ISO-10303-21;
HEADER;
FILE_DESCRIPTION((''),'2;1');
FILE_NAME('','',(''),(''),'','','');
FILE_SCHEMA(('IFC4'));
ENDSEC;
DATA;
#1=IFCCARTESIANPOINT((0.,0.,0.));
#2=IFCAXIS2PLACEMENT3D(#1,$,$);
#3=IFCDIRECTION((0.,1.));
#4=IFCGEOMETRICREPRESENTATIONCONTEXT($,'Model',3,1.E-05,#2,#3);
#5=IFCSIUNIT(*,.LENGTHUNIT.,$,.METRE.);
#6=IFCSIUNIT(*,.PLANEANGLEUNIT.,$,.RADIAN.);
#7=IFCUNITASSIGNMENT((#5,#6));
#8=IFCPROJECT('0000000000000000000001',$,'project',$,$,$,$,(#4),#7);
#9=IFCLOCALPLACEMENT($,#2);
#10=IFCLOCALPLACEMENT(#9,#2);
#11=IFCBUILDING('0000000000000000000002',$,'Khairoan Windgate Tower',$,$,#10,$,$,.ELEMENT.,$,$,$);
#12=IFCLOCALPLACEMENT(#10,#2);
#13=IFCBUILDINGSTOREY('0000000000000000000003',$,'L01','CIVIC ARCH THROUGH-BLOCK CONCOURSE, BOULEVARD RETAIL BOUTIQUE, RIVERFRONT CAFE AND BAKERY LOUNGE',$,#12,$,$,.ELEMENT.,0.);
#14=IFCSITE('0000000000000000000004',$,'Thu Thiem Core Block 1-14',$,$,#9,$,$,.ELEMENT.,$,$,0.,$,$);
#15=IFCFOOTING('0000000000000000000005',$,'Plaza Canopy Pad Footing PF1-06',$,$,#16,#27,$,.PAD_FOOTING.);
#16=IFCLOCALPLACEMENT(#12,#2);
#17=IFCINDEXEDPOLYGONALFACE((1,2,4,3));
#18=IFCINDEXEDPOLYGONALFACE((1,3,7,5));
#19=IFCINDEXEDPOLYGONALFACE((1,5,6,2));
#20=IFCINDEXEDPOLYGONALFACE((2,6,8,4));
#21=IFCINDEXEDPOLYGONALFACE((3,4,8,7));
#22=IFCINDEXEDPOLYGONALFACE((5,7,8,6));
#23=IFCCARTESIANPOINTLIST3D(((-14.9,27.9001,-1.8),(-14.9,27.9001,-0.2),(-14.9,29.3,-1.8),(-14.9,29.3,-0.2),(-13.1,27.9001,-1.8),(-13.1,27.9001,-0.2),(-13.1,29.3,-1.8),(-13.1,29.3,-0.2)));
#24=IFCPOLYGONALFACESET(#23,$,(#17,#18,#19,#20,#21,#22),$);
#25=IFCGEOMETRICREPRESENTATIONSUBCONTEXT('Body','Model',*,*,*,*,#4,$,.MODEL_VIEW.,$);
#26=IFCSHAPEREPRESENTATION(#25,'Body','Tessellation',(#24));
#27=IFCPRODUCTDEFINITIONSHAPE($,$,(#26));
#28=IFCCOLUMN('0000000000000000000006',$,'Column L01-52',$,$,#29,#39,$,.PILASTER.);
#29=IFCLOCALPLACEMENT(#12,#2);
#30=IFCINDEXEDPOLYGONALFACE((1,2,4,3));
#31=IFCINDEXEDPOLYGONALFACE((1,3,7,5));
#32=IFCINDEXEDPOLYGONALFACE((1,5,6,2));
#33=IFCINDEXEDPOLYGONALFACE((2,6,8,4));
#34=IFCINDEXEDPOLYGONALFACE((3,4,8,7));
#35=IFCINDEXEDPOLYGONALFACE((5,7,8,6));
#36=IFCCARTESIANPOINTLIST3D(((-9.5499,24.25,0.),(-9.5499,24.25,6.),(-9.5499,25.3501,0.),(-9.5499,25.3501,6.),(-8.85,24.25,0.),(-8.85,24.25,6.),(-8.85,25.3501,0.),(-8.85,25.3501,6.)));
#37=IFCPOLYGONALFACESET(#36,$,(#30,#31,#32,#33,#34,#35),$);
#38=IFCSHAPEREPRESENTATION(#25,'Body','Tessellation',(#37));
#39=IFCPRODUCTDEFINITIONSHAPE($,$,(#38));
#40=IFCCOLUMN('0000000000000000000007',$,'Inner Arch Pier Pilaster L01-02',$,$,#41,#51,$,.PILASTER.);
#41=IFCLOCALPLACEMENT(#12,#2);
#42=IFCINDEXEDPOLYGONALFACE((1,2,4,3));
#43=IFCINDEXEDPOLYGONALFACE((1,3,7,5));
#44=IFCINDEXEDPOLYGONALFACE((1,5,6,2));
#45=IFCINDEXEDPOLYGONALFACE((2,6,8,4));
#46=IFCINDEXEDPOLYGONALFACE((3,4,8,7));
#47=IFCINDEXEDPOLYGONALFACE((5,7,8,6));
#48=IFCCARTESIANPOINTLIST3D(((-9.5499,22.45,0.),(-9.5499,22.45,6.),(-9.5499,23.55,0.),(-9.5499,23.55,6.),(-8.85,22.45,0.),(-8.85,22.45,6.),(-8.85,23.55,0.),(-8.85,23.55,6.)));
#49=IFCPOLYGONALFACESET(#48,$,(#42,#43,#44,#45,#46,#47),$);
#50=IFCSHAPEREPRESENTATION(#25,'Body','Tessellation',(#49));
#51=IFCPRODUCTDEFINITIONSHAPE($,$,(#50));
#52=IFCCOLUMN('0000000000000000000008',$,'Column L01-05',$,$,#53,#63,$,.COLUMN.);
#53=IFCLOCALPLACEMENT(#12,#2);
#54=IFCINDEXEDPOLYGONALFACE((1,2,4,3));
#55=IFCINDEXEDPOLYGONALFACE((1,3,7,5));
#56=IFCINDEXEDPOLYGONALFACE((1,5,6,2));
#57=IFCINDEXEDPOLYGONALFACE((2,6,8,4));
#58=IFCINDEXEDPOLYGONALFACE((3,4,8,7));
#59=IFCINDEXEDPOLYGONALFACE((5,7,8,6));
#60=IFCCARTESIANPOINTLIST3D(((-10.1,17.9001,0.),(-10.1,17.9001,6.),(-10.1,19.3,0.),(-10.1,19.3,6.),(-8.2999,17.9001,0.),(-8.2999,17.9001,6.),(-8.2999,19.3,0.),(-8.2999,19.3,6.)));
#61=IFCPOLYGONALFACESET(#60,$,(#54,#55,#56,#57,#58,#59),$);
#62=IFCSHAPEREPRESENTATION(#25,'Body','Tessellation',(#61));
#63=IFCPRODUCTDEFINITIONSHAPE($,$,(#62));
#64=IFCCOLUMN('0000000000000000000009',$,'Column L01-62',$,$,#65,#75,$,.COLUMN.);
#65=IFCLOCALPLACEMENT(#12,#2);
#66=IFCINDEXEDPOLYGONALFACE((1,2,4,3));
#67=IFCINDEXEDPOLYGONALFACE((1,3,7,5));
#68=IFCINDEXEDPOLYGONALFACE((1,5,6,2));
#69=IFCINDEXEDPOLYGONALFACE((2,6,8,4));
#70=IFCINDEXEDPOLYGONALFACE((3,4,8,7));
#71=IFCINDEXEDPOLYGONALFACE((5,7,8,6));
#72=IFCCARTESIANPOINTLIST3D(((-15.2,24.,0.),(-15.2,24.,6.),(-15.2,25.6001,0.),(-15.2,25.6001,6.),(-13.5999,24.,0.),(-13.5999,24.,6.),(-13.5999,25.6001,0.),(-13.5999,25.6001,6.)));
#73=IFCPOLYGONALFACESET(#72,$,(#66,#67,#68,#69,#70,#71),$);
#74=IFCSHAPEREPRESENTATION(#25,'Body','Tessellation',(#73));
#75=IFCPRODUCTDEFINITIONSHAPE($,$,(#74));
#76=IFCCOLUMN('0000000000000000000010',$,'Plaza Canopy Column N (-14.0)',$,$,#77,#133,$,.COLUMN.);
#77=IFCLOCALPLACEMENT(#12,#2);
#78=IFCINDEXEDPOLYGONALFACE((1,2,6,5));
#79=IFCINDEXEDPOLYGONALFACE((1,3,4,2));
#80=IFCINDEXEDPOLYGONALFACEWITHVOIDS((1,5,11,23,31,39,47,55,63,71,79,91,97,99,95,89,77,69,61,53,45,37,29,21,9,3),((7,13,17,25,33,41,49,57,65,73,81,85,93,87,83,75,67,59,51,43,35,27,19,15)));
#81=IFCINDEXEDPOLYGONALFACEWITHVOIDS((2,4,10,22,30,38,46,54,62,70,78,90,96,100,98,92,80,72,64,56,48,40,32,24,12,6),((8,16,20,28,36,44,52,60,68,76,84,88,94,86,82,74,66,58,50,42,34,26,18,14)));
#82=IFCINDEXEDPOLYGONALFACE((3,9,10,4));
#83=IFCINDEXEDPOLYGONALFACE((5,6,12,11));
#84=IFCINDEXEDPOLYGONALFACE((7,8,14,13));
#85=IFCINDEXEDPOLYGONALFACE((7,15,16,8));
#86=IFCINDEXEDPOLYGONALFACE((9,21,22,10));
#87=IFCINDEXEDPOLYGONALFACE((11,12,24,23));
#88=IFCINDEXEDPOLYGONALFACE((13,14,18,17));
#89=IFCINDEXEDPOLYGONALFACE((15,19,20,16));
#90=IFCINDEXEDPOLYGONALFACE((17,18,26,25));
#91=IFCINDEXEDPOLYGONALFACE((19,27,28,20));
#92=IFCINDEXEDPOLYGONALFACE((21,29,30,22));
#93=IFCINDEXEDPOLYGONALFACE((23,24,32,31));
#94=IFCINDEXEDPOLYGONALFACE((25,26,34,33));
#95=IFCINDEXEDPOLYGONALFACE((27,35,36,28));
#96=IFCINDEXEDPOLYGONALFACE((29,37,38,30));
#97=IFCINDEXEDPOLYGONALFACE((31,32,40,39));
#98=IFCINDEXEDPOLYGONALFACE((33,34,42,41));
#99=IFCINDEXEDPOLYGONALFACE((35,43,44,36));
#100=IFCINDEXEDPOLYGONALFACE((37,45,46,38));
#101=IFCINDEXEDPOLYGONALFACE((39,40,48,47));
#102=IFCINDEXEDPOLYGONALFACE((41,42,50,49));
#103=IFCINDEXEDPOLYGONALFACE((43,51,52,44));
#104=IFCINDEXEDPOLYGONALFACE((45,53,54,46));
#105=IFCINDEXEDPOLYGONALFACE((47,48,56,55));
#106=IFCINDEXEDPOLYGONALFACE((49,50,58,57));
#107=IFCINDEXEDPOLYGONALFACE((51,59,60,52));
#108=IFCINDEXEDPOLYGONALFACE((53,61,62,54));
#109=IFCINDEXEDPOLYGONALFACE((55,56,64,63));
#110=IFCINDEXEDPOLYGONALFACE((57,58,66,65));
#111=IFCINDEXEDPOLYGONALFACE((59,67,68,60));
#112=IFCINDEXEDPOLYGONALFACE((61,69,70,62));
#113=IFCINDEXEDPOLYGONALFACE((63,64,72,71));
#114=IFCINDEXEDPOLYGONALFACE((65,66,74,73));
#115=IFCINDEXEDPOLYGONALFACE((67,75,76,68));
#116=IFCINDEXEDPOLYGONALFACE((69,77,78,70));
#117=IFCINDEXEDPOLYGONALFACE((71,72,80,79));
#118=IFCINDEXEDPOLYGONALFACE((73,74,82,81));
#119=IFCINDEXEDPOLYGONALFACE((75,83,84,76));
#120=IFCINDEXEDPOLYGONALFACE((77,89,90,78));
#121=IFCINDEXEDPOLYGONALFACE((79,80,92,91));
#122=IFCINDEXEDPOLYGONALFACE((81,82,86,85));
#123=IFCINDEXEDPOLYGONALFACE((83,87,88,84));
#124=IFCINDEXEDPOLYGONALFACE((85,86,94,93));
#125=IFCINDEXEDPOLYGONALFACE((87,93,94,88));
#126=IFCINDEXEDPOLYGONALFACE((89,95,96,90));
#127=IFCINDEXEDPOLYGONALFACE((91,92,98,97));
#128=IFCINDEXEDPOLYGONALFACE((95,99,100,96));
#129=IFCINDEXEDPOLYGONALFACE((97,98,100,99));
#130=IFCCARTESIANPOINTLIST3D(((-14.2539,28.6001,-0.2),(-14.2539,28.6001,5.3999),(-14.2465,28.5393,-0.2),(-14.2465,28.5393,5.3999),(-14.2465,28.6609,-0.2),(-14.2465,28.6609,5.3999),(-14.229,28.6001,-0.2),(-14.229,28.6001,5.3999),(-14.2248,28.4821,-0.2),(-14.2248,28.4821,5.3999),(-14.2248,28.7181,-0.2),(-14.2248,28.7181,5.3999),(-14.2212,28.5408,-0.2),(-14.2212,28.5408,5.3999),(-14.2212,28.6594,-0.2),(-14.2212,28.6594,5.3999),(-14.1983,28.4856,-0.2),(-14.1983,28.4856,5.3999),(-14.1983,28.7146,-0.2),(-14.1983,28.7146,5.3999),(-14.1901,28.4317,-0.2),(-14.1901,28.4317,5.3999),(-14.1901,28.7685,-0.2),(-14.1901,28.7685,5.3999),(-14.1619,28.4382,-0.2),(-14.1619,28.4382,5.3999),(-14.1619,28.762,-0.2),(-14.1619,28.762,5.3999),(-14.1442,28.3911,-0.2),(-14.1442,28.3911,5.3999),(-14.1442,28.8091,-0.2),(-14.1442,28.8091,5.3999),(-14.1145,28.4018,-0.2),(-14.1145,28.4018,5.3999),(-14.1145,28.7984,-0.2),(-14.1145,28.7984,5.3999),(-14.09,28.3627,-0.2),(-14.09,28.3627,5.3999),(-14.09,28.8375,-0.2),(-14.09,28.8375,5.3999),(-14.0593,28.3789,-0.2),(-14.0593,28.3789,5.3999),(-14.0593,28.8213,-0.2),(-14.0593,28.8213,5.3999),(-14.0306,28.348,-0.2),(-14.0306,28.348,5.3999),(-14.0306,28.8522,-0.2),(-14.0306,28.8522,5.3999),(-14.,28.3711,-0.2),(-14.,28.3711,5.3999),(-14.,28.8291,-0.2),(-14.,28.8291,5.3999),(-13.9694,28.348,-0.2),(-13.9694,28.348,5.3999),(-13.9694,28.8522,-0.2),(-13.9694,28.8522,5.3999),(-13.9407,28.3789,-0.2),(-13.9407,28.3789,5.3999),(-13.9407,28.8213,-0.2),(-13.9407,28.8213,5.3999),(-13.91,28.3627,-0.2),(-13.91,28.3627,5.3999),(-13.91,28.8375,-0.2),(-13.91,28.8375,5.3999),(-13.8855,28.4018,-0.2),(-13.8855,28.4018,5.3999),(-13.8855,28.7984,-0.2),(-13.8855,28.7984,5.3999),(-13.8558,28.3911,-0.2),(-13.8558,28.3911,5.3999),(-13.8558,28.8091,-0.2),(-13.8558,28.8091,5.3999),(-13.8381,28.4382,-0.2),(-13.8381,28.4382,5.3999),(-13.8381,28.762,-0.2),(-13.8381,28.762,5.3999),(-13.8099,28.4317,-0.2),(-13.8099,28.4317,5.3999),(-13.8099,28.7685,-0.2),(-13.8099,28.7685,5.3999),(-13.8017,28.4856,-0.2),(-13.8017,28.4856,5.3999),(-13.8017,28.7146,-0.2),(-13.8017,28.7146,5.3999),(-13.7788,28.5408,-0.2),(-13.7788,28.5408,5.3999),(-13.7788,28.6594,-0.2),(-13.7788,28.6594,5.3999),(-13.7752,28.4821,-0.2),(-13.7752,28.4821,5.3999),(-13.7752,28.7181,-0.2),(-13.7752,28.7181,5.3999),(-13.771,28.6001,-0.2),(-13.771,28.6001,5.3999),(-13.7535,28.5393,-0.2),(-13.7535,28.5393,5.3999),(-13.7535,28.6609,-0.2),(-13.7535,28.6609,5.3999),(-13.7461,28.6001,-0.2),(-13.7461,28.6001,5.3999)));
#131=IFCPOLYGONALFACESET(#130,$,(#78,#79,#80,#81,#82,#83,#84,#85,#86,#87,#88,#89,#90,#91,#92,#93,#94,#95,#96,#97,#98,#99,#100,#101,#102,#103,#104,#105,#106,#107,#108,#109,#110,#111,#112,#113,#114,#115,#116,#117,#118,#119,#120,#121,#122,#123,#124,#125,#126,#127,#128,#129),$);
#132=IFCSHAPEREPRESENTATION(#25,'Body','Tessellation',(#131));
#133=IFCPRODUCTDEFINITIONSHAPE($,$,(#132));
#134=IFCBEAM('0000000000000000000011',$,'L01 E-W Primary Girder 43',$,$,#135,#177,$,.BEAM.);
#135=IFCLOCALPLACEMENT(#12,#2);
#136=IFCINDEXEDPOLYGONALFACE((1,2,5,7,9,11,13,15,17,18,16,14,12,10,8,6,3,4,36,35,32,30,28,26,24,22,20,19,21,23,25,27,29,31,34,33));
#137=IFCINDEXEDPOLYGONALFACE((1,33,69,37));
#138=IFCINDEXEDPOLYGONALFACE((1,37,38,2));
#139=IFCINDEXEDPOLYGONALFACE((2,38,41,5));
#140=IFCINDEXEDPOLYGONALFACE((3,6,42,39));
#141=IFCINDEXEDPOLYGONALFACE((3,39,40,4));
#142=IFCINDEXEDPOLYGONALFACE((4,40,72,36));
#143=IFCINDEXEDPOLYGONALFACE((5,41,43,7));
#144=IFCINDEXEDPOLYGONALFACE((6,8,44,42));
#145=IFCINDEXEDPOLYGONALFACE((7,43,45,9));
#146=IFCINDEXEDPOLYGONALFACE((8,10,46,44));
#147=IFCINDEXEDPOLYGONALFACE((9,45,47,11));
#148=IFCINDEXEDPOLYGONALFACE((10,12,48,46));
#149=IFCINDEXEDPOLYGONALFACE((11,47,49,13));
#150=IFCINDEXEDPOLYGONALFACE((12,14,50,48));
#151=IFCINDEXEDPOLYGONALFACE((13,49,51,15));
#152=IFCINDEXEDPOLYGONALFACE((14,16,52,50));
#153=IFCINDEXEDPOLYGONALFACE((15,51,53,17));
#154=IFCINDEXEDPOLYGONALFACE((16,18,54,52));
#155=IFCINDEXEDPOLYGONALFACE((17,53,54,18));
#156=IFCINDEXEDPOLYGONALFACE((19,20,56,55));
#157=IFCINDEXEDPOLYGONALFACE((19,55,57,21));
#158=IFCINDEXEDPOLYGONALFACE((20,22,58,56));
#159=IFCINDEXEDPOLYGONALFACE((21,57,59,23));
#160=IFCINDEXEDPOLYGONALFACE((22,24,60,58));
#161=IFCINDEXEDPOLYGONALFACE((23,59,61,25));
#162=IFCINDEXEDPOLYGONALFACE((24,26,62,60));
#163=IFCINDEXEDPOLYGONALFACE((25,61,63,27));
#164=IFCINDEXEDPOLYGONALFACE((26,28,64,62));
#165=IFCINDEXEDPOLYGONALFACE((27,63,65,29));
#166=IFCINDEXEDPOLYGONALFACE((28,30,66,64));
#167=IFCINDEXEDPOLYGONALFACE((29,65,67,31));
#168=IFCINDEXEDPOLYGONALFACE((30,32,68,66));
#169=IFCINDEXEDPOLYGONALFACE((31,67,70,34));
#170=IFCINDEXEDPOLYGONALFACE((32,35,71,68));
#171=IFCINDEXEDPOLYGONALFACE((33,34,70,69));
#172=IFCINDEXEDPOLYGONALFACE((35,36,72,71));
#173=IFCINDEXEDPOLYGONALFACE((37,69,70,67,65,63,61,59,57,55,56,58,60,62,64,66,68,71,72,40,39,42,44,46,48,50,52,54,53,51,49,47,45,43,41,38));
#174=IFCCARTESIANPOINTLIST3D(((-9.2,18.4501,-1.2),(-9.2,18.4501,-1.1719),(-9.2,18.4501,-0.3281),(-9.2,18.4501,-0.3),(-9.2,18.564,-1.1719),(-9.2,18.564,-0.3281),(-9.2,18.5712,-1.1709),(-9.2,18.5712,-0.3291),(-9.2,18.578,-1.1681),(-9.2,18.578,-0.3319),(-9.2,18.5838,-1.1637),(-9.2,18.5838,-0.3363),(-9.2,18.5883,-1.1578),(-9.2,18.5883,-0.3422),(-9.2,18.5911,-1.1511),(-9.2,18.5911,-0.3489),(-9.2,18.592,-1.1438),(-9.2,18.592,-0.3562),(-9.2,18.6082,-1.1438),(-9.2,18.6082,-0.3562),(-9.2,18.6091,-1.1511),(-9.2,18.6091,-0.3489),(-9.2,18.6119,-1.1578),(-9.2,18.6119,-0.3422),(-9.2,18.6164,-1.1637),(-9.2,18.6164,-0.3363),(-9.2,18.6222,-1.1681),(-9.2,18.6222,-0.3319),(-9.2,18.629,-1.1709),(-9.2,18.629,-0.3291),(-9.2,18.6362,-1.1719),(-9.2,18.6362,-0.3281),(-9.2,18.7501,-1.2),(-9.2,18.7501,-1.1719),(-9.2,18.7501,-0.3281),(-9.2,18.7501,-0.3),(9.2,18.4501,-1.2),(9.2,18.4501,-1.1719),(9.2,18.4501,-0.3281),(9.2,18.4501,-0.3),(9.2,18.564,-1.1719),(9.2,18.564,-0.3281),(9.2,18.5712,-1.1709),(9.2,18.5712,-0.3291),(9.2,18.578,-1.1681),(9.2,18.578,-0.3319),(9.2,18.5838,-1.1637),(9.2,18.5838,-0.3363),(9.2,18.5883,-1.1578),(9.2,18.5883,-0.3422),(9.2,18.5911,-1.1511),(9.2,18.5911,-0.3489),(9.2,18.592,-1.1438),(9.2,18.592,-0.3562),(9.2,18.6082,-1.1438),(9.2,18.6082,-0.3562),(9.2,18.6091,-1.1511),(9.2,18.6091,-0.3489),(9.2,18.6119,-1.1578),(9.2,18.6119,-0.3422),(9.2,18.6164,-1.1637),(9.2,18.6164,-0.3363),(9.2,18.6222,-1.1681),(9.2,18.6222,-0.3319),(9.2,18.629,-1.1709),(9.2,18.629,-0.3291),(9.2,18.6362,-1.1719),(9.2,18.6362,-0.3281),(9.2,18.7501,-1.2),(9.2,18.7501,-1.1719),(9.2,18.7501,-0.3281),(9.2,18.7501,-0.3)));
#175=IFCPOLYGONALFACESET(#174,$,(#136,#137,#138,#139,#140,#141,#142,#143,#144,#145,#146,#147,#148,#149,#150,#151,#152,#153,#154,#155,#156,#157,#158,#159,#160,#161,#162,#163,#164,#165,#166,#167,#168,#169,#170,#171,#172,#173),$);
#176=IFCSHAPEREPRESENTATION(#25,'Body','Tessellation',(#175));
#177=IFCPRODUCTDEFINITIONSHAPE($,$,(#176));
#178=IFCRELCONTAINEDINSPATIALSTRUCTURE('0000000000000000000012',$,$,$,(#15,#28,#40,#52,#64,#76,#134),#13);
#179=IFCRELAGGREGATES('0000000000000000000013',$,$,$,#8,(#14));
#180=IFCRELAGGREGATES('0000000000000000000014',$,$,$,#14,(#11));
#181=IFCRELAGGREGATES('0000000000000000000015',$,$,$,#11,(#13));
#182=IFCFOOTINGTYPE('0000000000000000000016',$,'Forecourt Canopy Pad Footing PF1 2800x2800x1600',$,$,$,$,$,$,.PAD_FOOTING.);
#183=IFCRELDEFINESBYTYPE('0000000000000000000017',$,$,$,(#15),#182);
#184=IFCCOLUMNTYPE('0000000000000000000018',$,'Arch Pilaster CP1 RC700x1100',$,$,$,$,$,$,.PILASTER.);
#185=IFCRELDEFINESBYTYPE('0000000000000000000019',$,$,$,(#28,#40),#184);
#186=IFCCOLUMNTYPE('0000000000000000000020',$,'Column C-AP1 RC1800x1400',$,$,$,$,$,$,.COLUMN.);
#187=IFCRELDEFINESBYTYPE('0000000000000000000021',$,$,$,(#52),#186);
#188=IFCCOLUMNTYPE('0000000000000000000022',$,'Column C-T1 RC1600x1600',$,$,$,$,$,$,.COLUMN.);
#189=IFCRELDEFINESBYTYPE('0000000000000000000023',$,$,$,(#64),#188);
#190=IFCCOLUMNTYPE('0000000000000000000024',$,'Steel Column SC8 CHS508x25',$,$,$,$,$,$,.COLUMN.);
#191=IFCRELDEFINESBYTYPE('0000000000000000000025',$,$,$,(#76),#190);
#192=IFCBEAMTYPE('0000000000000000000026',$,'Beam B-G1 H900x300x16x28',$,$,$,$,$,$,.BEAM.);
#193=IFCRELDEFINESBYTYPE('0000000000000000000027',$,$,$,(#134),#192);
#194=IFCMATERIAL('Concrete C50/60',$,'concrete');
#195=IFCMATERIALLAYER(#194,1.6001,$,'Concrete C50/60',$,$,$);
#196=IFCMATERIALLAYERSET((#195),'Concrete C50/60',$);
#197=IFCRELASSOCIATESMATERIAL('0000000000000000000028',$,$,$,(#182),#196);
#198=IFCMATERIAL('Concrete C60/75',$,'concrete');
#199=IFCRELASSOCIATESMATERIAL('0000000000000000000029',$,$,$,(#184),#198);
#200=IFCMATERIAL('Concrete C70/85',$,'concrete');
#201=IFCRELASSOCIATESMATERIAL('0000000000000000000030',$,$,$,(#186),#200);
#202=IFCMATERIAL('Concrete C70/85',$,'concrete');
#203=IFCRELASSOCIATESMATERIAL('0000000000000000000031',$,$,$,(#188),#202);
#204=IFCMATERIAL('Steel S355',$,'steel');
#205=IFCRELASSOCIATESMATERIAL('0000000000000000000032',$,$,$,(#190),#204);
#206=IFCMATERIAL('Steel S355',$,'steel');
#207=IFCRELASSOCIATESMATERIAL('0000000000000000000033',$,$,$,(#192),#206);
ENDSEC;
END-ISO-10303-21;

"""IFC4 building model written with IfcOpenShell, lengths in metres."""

from ifc_helpers import new_model, si_unit, direction, frame, origin, origin_2d, place, context, subcontext, project, spatial, rectangle, hollow_circle, i_section, extrude, material, layer, layer_set, material_profile, profile_set, type_object, element, save


model = new_model("IFC4")

# Units and contexts
model_context = context("Model", 3, precision=1e-05, world=origin(), true_north=direction((0.0, 1.0)))
body_context = subcontext(model_context, "Body", "Model", "MODEL_VIEW")
ifc_project = project(units=[si_unit("LENGTHUNIT", "METRE"), si_unit("PLANEANGLEUNIT", "RADIAN")], contexts=[model_context])

# Site, building, storey
site_placement = place(None, origin())
site = spatial("IfcSite", under=ifc_project, at=site_placement, Name="Thu Thiem Core Block 1-14", CompositionType="ELEMENT", RefElevation=0.0)
building_placement = place(site_placement, origin())
building = spatial("IfcBuilding", under=site, at=building_placement, Name="Khairoan Windgate Tower", CompositionType="ELEMENT")
storey_placement = place(building_placement, origin())
storey = spatial("IfcBuildingStorey", under=building, at=storey_placement, Name="L01", Description="CIVIC ARCH THROUGH-BLOCK CONCOURSE, BOULEVARD RETAIL BOUTIQUE, RIVERFRONT CAFE AND BAKERY LOUNGE", CompositionType="ELEMENT", Elevation=0.0)

# Footing
ifc_material_1 = material(Name="Concrete C50/60", Category="concrete")
ifc_layer_1 = layer(ifc_material_1, 1.6001, Name="Concrete C50/60")
ifc_layer_set_1 = layer_set([ifc_layer_1], Name="Concrete C50/60")
footing_type = type_object("IfcFootingType", Name="Forecourt Canopy Pad Footing PF1 2800x2800x1600", PredefinedType="PAD_FOOTING", material=ifc_layer_set_1)
footing_placement = place(storey_placement, frame((-14.0, 28.6001, -1.8), z_axis=(0.0, 0.0, 1.0), x_axis=(1.0, 0.0, 0.0)))
element("IfcFooting", 1, at=footing_placement, inside=storey, type_object=footing_type, Name="Plaza Canopy Pad Footing PF1-06", PredefinedType="PAD_FOOTING", context=body_context, shape_type="SweptSolid", body=[
    extrude(rectangle(XDim=1.8, YDim=1.3999, at=origin_2d()), origin(), (0.0, 0.0, 1.0), 1.6001),
])

# Columns
ifc_material_2 = material(Name="Concrete C60/75", Category="concrete")
ifc_material_profile_1 = material_profile(ifc_material_2, rectangle(XDim=0.7, YDim=1.1001, at=origin_2d()))
ifc_profile_set_1 = profile_set([ifc_material_profile_1], Name="Concrete C60/75")
column_type_1 = type_object("IfcColumnType", Name="Arch Pilaster CP1 RC700x1100", PredefinedType="PILASTER", material=ifc_profile_set_1)
for number, where, z_axis, x_axis, name in (
    (2, (-9.2, 24.8, 0.0), (0.0, 0.0, 1.0), (1.0, 0.0, 0.0), "Column L01-52"),
    (3, (-9.2, 23.0, 0.0), (0.0, 0.0, 1.0), (1.0, 0.0, 0.0), "Inner Arch Pier Pilaster L01-02"),
):
    element("IfcColumn", number, at=place(storey_placement, frame(where, z_axis=z_axis, x_axis=x_axis)), inside=storey, type_object=column_type_1, Name=name, PredefinedType="PILASTER", context=body_context, shape_type="SweptSolid", body=[
        extrude(rectangle(XDim=0.7, YDim=1.1001, at=origin_2d()), origin(), (0.0, 0.0, 1.0), 6.0),
    ])
ifc_material_3 = material(Name="Concrete C70/85", Category="concrete")
ifc_material_profile_2 = material_profile(ifc_material_3, rectangle(XDim=1.8, YDim=1.3999, at=origin_2d()))
ifc_profile_set_2 = profile_set([ifc_material_profile_2], Name="Concrete C70/85")
column_type_2 = type_object("IfcColumnType", Name="Column C-AP1 RC1800x1400", PredefinedType="COLUMN", material=ifc_profile_set_2)
column_1_placement = place(storey_placement, frame((-9.2, 18.6001, 0.0), z_axis=(0.0, 0.0, 1.0), x_axis=(1.0, 0.0, 0.0)))
element("IfcColumn", 4, at=column_1_placement, inside=storey, type_object=column_type_2, Name="Column L01-05", PredefinedType="COLUMN", context=body_context, shape_type="SweptSolid", body=[
    extrude(rectangle(XDim=1.8, YDim=1.3999, at=origin_2d()), origin(), (0.0, 0.0, 1.0), 6.0),
])
ifc_material_4 = material(Name="Concrete C70/85", Category="concrete")
ifc_material_profile_3 = material_profile(ifc_material_4, rectangle(XDim=1.6001, YDim=1.6001, at=origin_2d()))
ifc_profile_set_3 = profile_set([ifc_material_profile_3], Name="Concrete C70/85")
column_type_3 = type_object("IfcColumnType", Name="Column C-T1 RC1600x1600", PredefinedType="COLUMN", material=ifc_profile_set_3)
column_2_placement = place(storey_placement, frame((-14.3999, 24.8, 0.0), z_axis=(0.0, 0.0, 1.0), x_axis=(1.0, 0.0, 0.0)))
element("IfcColumn", 5, at=column_2_placement, inside=storey, type_object=column_type_3, Name="Column L01-62", PredefinedType="COLUMN", context=body_context, shape_type="SweptSolid", body=[
    extrude(rectangle(XDim=1.6001, YDim=1.6001, at=origin_2d()), origin(), (0.0, 0.0, 1.0), 6.0),
])
ifc_material_5 = material(Name="Steel S355", Category="steel")
ifc_material_profile_4 = material_profile(ifc_material_5, hollow_circle(Radius=0.2539, WallThickness=0.0249, at=origin_2d()))
ifc_profile_set_4 = profile_set([ifc_material_profile_4], Name="Steel S355")
column_type_4 = type_object("IfcColumnType", Name="Steel Column SC8 CHS508x25", PredefinedType="COLUMN", material=ifc_profile_set_4)
column_3_placement = place(storey_placement, frame((-14.0, 28.6001, -0.2), z_axis=(0.0, 0.0, 1.0), x_axis=(1.0, 0.0, 0.0)))
element("IfcColumn", 6, at=column_3_placement, inside=storey, type_object=column_type_4, Name="Plaza Canopy Column N (-14.0)", PredefinedType="COLUMN", context=body_context, shape_type="SweptSolid", body=[
    extrude(hollow_circle(Radius=0.2539, WallThickness=0.0249, at=origin_2d()), origin(), (0.0, 0.0, 1.0), 5.5999),
])

# Beam
ifc_material_6 = material(Name="Steel S355", Category="steel")
ifc_material_profile_5 = material_profile(ifc_material_6, i_section(OverallWidth=0.3, OverallDepth=0.8999, WebThickness=0.0161, FlangeThickness=0.0281, FilletRadius=0.0281, at=origin_2d()))
ifc_profile_set_5 = profile_set([ifc_material_profile_5], Name="Steel S355")
beam_type_1 = type_object("IfcBeamType", Name="Beam B-G1 H900x300x16x28", PredefinedType="BEAM", material=ifc_profile_set_5)
for number, where, z_axis, x_axis, name in (
    (7, (-9.2, 18.6001, -0.75), (1.0, 0.0, 0.0), (0.0, 1.0, 0.0), "L01 E-W Primary Girder 43"),
):
    element("IfcBeam", number, at=place(storey_placement, frame(where, z_axis=z_axis, x_axis=x_axis)), inside=storey, type_object=beam_type_1, Name=name, PredefinedType="BEAM", context=body_context, shape_type="SweptSolid", body=[
        extrude(i_section(OverallWidth=0.3, OverallDepth=0.8999, WebThickness=0.0161, FlangeThickness=0.0281, FilletRadius=0.0281, at=origin_2d()), origin(), (0.0, 0.0, 1.0), 18.3999),
    ])

save(model, "model.ifc")
